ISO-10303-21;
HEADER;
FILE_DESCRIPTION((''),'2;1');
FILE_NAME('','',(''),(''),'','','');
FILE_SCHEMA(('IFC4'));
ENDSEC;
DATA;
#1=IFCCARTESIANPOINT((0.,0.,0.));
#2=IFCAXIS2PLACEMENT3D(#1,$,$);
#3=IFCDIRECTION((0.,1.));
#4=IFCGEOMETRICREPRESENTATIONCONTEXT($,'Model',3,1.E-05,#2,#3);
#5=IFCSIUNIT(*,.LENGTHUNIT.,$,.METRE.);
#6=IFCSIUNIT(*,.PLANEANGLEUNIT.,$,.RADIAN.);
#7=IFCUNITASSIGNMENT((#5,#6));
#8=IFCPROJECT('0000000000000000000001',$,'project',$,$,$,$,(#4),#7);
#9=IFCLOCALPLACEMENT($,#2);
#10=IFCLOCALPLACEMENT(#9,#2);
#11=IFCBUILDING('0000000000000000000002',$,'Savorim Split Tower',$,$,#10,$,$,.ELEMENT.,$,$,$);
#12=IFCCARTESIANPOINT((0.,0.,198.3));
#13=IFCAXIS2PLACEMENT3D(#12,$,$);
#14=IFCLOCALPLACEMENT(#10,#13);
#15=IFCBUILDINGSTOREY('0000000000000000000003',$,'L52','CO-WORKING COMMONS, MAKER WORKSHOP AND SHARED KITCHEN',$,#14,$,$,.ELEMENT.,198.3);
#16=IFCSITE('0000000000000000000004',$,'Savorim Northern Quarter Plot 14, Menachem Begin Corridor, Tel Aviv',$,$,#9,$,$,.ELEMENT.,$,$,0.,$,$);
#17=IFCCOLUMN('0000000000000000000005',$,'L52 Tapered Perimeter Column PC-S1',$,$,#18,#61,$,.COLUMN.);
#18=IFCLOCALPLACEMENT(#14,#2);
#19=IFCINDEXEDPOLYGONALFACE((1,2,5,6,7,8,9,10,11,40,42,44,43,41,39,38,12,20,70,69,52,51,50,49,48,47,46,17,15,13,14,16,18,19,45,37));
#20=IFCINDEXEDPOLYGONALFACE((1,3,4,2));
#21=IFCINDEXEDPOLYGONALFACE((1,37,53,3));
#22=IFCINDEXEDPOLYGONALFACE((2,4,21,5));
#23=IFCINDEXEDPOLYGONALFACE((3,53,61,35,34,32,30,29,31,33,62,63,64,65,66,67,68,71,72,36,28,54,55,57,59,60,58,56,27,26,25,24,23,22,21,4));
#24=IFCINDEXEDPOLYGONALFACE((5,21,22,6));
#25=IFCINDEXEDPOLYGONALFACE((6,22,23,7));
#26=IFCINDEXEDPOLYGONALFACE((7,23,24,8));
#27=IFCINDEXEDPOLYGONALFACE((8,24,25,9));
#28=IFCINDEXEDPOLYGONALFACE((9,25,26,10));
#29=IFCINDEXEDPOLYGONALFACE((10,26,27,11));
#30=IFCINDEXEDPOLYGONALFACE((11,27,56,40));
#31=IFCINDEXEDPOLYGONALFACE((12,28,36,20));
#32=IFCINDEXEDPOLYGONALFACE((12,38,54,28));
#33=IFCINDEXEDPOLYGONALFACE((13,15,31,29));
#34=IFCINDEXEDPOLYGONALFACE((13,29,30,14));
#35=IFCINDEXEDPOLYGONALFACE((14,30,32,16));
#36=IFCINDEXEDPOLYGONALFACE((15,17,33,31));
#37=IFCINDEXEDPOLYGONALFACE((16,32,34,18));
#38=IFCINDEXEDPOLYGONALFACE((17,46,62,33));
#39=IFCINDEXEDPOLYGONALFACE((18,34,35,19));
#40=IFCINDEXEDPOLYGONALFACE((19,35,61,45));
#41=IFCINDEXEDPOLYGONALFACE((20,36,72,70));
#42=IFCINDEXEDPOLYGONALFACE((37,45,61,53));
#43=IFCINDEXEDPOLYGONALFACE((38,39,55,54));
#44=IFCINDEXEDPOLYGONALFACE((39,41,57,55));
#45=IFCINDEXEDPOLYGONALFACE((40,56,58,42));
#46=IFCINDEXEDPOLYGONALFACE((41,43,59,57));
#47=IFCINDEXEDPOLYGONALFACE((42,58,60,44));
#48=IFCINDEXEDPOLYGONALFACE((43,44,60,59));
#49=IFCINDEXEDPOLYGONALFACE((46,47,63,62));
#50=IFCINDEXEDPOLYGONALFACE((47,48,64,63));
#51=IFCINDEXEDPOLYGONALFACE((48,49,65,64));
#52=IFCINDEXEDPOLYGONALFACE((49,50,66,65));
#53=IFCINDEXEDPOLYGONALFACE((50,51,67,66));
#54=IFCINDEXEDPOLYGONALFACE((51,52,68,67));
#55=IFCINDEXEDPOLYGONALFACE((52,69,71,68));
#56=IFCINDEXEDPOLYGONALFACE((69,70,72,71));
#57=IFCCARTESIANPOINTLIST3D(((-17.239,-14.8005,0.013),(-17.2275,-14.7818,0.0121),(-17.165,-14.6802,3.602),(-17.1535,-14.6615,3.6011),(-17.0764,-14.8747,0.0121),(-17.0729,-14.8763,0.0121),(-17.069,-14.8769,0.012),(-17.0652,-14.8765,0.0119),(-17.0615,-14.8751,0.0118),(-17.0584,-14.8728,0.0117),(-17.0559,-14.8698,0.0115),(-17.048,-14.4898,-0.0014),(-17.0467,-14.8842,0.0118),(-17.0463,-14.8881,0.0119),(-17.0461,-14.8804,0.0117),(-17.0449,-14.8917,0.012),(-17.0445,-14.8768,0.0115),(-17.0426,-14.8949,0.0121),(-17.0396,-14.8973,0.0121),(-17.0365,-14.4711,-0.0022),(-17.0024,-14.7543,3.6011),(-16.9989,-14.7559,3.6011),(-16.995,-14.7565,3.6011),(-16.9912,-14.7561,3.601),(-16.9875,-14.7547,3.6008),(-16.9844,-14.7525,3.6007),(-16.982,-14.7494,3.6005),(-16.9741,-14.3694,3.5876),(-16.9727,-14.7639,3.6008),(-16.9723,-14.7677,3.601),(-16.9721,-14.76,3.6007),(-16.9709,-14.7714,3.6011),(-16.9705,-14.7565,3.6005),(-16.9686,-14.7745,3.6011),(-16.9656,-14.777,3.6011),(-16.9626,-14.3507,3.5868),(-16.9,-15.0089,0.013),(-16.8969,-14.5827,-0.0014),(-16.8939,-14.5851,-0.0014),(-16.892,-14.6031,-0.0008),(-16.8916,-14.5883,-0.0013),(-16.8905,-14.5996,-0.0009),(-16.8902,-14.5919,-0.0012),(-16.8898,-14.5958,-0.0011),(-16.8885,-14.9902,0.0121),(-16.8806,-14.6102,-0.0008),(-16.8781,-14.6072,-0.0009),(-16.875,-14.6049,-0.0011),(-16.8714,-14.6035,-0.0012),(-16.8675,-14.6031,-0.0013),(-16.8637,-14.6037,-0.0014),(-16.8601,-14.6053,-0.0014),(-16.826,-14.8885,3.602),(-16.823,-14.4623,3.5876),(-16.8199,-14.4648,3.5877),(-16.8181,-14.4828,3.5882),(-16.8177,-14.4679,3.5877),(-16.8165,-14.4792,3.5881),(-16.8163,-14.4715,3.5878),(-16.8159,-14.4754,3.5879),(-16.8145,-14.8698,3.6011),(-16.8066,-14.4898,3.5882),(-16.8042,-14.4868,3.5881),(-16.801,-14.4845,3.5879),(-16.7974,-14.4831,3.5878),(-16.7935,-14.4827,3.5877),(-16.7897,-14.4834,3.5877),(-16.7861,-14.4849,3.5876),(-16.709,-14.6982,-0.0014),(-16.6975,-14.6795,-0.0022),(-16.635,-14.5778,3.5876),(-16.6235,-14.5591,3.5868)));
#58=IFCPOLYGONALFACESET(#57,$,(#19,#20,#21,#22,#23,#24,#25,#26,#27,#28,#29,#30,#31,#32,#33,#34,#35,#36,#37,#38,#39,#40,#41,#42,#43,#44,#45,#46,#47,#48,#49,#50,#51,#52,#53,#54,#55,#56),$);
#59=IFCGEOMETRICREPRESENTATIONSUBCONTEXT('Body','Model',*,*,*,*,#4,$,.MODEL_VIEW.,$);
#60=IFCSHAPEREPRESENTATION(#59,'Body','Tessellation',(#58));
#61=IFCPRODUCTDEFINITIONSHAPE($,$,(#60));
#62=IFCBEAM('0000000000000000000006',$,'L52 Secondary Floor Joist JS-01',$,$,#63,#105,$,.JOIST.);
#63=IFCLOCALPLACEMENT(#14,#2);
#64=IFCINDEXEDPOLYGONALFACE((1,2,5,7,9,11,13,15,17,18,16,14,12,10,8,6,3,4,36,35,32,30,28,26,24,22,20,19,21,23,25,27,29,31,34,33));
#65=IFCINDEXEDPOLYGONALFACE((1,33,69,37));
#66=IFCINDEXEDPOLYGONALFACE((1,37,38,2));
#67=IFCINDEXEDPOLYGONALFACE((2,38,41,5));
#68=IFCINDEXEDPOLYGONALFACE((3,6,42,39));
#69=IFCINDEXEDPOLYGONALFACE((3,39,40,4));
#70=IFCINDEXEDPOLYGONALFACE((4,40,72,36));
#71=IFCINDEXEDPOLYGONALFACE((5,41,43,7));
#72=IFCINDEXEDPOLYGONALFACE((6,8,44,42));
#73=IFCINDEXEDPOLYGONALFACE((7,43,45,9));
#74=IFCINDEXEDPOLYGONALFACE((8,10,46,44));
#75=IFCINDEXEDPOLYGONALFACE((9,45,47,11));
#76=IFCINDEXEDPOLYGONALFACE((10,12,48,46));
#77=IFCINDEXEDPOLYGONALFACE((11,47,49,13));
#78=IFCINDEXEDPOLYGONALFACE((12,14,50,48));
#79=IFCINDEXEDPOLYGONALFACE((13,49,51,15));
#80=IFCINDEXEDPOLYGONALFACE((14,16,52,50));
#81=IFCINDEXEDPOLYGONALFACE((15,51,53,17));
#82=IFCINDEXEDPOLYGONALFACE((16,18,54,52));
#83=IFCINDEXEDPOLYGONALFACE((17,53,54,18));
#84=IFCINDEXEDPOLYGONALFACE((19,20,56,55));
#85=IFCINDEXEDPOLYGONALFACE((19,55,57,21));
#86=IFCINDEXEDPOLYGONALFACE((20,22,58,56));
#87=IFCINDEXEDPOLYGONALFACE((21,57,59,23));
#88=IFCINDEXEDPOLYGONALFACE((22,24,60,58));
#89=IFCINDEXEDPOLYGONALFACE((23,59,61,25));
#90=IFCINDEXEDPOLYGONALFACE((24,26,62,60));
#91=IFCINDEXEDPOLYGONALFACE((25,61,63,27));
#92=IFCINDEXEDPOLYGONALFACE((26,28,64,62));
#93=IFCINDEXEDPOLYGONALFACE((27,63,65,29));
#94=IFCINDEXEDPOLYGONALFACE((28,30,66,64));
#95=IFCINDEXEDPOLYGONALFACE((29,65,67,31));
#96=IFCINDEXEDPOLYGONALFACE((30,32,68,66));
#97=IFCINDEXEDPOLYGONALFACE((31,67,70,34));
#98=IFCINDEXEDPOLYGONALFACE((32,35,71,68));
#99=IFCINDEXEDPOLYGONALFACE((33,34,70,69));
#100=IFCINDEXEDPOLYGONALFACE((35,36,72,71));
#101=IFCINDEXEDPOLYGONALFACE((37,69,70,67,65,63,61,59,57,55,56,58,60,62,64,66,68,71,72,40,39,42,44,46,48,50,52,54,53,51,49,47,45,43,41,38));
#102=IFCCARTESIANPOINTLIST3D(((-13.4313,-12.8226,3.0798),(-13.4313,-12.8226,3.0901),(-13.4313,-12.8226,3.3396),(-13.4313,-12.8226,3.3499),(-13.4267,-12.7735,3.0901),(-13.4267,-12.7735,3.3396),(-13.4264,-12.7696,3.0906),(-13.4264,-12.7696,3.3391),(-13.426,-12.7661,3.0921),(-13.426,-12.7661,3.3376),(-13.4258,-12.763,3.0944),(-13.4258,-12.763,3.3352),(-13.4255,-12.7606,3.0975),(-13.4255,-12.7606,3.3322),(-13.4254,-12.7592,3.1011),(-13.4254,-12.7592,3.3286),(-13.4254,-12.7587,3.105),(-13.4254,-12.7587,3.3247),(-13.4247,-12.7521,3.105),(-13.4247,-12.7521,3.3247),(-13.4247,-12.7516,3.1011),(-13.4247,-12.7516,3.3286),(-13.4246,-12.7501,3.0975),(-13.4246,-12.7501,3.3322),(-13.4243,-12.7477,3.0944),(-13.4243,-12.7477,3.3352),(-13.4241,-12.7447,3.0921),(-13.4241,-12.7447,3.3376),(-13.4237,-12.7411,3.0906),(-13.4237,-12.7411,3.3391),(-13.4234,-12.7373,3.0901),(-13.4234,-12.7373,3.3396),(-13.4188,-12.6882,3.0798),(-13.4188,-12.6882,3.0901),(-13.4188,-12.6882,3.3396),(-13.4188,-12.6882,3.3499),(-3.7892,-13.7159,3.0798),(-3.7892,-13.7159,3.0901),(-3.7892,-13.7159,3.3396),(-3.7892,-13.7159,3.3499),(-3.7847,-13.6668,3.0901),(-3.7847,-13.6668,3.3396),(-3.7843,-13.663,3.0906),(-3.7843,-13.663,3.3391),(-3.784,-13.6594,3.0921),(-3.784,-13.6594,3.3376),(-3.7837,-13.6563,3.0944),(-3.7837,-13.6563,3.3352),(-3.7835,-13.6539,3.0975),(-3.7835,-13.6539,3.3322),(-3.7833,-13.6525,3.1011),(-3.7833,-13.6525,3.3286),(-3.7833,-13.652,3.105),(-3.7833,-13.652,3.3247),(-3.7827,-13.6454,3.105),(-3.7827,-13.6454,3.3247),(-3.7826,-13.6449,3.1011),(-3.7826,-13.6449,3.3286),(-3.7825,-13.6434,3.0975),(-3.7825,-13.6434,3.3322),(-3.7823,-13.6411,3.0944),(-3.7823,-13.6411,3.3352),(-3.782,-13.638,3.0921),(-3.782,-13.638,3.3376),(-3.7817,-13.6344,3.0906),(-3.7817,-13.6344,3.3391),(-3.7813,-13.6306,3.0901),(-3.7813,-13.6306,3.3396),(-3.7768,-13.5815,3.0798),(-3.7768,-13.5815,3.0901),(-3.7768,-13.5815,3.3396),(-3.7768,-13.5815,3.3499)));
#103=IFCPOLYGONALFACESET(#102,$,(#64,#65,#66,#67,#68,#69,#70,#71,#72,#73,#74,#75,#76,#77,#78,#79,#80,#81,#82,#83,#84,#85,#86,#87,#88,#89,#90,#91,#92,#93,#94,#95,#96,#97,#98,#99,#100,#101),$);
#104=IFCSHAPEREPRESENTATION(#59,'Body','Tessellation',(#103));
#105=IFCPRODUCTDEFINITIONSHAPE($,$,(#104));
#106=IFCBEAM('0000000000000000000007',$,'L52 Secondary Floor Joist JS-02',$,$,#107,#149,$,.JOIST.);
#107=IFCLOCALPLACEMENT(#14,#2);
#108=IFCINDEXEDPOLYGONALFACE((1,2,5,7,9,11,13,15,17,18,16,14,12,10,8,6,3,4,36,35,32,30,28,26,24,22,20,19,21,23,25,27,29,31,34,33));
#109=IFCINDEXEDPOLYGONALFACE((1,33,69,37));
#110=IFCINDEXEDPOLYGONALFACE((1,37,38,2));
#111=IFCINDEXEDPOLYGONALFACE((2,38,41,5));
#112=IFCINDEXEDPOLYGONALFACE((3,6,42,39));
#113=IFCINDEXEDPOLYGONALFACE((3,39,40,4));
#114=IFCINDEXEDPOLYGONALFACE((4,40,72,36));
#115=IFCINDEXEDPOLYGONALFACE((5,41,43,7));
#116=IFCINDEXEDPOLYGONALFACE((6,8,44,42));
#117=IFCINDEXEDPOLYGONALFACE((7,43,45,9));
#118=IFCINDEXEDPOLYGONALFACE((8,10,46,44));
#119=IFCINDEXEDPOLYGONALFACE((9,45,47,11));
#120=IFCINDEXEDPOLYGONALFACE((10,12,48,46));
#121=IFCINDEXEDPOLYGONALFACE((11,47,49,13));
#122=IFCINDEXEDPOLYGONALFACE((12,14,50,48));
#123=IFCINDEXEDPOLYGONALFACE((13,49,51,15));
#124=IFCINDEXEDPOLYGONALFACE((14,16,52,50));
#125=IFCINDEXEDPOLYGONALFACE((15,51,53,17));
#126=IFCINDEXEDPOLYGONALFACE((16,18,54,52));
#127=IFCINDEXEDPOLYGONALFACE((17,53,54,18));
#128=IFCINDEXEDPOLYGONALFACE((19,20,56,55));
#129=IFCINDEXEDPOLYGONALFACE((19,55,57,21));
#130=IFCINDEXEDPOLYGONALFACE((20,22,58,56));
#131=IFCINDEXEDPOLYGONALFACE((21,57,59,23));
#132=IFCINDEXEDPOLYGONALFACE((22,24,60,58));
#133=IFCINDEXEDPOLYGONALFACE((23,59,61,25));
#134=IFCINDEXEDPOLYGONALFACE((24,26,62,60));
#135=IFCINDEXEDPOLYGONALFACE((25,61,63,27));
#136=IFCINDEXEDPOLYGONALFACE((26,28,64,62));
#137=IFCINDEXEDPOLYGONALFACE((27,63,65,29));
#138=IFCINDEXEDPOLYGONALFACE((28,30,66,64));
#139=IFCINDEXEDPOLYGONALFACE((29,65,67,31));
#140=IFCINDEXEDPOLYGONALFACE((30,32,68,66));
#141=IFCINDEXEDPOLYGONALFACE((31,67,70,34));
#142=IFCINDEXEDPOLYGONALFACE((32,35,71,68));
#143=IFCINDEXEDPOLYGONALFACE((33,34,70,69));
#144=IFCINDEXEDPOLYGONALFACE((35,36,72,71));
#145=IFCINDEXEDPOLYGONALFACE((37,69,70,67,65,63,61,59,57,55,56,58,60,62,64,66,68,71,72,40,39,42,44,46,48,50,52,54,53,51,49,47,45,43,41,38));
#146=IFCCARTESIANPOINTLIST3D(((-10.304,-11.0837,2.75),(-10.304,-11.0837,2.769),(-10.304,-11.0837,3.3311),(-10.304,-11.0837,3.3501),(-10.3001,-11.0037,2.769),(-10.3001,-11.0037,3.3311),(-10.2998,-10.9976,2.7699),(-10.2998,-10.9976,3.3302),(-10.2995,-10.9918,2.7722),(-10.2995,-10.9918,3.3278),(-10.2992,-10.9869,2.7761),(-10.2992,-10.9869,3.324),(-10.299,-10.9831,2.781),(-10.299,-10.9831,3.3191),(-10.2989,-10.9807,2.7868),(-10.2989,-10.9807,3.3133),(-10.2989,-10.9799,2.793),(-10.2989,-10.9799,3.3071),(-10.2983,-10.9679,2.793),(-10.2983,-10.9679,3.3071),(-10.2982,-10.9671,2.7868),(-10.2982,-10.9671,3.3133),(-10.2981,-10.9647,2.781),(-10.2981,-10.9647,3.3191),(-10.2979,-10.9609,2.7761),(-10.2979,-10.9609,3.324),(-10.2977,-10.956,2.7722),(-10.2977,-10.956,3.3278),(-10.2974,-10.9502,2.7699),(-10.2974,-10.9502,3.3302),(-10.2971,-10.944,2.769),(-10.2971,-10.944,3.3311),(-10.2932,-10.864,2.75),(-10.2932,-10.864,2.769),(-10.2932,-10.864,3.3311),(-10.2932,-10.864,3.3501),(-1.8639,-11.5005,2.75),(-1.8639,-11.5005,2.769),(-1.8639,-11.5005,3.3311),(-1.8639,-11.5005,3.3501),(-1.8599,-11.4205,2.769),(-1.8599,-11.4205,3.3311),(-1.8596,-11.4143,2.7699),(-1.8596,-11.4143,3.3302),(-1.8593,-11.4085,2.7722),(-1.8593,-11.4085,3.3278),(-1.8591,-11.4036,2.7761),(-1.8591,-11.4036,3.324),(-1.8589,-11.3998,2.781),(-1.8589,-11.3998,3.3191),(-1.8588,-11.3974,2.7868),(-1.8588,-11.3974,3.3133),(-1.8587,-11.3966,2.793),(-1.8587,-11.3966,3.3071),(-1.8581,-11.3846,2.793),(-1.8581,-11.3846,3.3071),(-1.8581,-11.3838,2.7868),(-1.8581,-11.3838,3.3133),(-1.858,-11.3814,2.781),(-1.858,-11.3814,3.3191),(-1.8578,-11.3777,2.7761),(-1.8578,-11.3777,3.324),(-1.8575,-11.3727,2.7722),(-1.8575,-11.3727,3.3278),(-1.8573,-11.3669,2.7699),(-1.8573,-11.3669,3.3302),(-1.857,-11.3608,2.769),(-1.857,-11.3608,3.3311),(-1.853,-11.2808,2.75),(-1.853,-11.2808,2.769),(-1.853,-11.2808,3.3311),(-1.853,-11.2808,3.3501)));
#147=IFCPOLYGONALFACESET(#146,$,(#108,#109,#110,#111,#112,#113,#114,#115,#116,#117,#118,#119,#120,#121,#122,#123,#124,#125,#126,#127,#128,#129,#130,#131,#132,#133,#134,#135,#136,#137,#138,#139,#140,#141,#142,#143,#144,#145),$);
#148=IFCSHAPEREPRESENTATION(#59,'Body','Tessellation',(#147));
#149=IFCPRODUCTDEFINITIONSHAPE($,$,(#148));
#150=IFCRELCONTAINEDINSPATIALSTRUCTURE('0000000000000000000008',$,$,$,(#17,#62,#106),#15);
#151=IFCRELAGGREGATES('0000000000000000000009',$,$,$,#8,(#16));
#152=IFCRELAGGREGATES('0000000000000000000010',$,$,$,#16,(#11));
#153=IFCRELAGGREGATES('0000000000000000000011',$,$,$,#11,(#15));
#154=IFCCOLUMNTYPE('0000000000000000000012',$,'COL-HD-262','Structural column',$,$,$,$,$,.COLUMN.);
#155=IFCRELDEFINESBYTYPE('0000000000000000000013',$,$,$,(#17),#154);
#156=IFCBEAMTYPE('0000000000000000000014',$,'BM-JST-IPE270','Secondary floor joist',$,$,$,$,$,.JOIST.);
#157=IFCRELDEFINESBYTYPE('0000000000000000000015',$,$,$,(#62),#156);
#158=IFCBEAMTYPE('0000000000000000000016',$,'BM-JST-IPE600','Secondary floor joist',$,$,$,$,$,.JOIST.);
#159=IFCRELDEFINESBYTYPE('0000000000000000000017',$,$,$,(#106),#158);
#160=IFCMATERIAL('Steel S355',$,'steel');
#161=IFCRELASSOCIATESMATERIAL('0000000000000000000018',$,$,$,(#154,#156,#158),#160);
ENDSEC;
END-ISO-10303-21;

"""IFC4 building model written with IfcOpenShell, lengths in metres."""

from ifc_helpers import new_model, si_unit, direction, frame, origin, origin_2d, place, context, subcontext, project, spatial, i_section, extrude, material, material_profile, profile_set, type_object, element, save


model = new_model("IFC4")

# Units and contexts
model_context = context("Model", 3, precision=1e-05, world=origin(), true_north=direction((0.0, 1.0)))
body_context = subcontext(model_context, "Body", "Model", "MODEL_VIEW")
ifc_project = project(units=[si_unit("LENGTHUNIT", "METRE"), si_unit("PLANEANGLEUNIT", "RADIAN")], contexts=[model_context])

# Site, building, storey
site_placement = place(None, origin())
site = spatial("IfcSite", under=ifc_project, at=site_placement, Name="Savorim Northern Quarter Plot 14, Menachem Begin Corridor, Tel Aviv", CompositionType="ELEMENT", RefElevation=0.0)
building_placement = place(site_placement, origin())
building = spatial("IfcBuilding", under=site, at=building_placement, Name="Savorim Split Tower", CompositionType="ELEMENT")
storey_placement = place(building_placement, frame((0.0, 0.0, 198.3)))
storey = spatial("IfcBuildingStorey", under=building, at=storey_placement, Name="L52", Description="CO-WORKING COMMONS, MAKER WORKSHOP AND SHARED KITCHEN", CompositionType="ELEMENT", Elevation=198.3)

# Column
ifc_material_1 = material(Name="Steel S355", Category="steel")
ifc_material_profile_1 = material_profile(ifc_material_1, i_section(OverallWidth=0.3979, OverallDepth=0.387, WebThickness=0.0134, FlangeThickness=0.022, FilletRadius=0.0149, at=origin_2d()), Name="HD 400x262")
ifc_profile_set_1 = profile_set([ifc_material_profile_1], Name="Steel S355")
column_type = type_object("IfcColumnType", Name="COL-HD-262", Description="Structural column", PredefinedType="COLUMN", material=ifc_profile_set_1)
column_placement = place(storey_placement, frame((-16.9683, -14.74, 0.0054), z_axis=(0.020595, 0.033509, 0.999226), x_axis=(-0.851955, 0.523615, 0.0)))
element("IfcColumn", 1, at=column_placement, inside=storey, type_object=column_type, Name="L52 Tapered Perimeter Column PC-S1", PredefinedType="COLUMN", context=body_context, shape_type="SweptSolid", body=[
    extrude(i_section(OverallWidth=0.3979, OverallDepth=0.387, WebThickness=0.0134, FlangeThickness=0.022, FilletRadius=0.0149, at=origin_2d()), origin(), (0.0, 0.0, 1.0), 3.5918),
])

# Beams
ifc_material_profile_2 = material_profile(ifc_material_1, i_section(OverallWidth=0.135, OverallDepth=0.27, WebThickness=0.0066, FlangeThickness=0.0103, FilletRadius=0.0149, at=origin_2d()), Name="IPE 270")
ifc_profile_set_2 = profile_set([ifc_material_profile_2], Name="Steel S355")
beam_type_1 = type_object("IfcBeamType", Name="BM-JST-IPE270", Description="Secondary floor joist", PredefinedType="JOIST", material=ifc_profile_set_2)
beam_1_placement = place(storey_placement, frame((-13.425, -12.7554, 3.2148), z_axis=(0.995736, -0.092252, 0.0), x_axis=(0.092252, 0.995736, 0.0)))
element("IfcBeam", 2, at=beam_1_placement, inside=storey, type_object=beam_type_1, Name="L52 Secondary Floor Joist JS-01", PredefinedType="JOIST", context=body_context, shape_type="SweptSolid", body=[
    extrude(i_section(OverallWidth=0.135, OverallDepth=0.27, WebThickness=0.0066, FlangeThickness=0.0103, FilletRadius=0.0149, at=origin_2d()), origin(), (0.0, 0.0, 1.0), 9.6833),
])
ifc_material_profile_3 = material_profile(ifc_material_1, i_section(OverallWidth=0.22, OverallDepth=0.6001, WebThickness=0.012, FlangeThickness=0.019, FilletRadius=0.0239, at=origin_2d()), Name="IPE 600")
ifc_profile_set_3 = profile_set([ifc_material_profile_3], Name="Steel S355")
beam_type_2 = type_object("IfcBeamType", Name="BM-JST-IPE600", Description="Secondary floor joist", PredefinedType="JOIST", material=ifc_profile_set_3)
beam_2_placement = place(storey_placement, frame((-10.2986, -10.9739, 3.05), z_axis=(0.998783, -0.049317, 0.0), x_axis=(0.049317, 0.998783, 0.0)))
element("IfcBeam", 3, at=beam_2_placement, inside=storey, type_object=beam_type_2, Name="L52 Secondary Floor Joist JS-02", PredefinedType="JOIST", context=body_context, shape_type="SweptSolid", body=[
    extrude(i_section(OverallWidth=0.22, OverallDepth=0.6001, WebThickness=0.012, FlangeThickness=0.019, FilletRadius=0.0239, at=origin_2d()), origin(), (0.0, 0.0, 1.0), 8.4504),
])

save(model, "model.ifc")
